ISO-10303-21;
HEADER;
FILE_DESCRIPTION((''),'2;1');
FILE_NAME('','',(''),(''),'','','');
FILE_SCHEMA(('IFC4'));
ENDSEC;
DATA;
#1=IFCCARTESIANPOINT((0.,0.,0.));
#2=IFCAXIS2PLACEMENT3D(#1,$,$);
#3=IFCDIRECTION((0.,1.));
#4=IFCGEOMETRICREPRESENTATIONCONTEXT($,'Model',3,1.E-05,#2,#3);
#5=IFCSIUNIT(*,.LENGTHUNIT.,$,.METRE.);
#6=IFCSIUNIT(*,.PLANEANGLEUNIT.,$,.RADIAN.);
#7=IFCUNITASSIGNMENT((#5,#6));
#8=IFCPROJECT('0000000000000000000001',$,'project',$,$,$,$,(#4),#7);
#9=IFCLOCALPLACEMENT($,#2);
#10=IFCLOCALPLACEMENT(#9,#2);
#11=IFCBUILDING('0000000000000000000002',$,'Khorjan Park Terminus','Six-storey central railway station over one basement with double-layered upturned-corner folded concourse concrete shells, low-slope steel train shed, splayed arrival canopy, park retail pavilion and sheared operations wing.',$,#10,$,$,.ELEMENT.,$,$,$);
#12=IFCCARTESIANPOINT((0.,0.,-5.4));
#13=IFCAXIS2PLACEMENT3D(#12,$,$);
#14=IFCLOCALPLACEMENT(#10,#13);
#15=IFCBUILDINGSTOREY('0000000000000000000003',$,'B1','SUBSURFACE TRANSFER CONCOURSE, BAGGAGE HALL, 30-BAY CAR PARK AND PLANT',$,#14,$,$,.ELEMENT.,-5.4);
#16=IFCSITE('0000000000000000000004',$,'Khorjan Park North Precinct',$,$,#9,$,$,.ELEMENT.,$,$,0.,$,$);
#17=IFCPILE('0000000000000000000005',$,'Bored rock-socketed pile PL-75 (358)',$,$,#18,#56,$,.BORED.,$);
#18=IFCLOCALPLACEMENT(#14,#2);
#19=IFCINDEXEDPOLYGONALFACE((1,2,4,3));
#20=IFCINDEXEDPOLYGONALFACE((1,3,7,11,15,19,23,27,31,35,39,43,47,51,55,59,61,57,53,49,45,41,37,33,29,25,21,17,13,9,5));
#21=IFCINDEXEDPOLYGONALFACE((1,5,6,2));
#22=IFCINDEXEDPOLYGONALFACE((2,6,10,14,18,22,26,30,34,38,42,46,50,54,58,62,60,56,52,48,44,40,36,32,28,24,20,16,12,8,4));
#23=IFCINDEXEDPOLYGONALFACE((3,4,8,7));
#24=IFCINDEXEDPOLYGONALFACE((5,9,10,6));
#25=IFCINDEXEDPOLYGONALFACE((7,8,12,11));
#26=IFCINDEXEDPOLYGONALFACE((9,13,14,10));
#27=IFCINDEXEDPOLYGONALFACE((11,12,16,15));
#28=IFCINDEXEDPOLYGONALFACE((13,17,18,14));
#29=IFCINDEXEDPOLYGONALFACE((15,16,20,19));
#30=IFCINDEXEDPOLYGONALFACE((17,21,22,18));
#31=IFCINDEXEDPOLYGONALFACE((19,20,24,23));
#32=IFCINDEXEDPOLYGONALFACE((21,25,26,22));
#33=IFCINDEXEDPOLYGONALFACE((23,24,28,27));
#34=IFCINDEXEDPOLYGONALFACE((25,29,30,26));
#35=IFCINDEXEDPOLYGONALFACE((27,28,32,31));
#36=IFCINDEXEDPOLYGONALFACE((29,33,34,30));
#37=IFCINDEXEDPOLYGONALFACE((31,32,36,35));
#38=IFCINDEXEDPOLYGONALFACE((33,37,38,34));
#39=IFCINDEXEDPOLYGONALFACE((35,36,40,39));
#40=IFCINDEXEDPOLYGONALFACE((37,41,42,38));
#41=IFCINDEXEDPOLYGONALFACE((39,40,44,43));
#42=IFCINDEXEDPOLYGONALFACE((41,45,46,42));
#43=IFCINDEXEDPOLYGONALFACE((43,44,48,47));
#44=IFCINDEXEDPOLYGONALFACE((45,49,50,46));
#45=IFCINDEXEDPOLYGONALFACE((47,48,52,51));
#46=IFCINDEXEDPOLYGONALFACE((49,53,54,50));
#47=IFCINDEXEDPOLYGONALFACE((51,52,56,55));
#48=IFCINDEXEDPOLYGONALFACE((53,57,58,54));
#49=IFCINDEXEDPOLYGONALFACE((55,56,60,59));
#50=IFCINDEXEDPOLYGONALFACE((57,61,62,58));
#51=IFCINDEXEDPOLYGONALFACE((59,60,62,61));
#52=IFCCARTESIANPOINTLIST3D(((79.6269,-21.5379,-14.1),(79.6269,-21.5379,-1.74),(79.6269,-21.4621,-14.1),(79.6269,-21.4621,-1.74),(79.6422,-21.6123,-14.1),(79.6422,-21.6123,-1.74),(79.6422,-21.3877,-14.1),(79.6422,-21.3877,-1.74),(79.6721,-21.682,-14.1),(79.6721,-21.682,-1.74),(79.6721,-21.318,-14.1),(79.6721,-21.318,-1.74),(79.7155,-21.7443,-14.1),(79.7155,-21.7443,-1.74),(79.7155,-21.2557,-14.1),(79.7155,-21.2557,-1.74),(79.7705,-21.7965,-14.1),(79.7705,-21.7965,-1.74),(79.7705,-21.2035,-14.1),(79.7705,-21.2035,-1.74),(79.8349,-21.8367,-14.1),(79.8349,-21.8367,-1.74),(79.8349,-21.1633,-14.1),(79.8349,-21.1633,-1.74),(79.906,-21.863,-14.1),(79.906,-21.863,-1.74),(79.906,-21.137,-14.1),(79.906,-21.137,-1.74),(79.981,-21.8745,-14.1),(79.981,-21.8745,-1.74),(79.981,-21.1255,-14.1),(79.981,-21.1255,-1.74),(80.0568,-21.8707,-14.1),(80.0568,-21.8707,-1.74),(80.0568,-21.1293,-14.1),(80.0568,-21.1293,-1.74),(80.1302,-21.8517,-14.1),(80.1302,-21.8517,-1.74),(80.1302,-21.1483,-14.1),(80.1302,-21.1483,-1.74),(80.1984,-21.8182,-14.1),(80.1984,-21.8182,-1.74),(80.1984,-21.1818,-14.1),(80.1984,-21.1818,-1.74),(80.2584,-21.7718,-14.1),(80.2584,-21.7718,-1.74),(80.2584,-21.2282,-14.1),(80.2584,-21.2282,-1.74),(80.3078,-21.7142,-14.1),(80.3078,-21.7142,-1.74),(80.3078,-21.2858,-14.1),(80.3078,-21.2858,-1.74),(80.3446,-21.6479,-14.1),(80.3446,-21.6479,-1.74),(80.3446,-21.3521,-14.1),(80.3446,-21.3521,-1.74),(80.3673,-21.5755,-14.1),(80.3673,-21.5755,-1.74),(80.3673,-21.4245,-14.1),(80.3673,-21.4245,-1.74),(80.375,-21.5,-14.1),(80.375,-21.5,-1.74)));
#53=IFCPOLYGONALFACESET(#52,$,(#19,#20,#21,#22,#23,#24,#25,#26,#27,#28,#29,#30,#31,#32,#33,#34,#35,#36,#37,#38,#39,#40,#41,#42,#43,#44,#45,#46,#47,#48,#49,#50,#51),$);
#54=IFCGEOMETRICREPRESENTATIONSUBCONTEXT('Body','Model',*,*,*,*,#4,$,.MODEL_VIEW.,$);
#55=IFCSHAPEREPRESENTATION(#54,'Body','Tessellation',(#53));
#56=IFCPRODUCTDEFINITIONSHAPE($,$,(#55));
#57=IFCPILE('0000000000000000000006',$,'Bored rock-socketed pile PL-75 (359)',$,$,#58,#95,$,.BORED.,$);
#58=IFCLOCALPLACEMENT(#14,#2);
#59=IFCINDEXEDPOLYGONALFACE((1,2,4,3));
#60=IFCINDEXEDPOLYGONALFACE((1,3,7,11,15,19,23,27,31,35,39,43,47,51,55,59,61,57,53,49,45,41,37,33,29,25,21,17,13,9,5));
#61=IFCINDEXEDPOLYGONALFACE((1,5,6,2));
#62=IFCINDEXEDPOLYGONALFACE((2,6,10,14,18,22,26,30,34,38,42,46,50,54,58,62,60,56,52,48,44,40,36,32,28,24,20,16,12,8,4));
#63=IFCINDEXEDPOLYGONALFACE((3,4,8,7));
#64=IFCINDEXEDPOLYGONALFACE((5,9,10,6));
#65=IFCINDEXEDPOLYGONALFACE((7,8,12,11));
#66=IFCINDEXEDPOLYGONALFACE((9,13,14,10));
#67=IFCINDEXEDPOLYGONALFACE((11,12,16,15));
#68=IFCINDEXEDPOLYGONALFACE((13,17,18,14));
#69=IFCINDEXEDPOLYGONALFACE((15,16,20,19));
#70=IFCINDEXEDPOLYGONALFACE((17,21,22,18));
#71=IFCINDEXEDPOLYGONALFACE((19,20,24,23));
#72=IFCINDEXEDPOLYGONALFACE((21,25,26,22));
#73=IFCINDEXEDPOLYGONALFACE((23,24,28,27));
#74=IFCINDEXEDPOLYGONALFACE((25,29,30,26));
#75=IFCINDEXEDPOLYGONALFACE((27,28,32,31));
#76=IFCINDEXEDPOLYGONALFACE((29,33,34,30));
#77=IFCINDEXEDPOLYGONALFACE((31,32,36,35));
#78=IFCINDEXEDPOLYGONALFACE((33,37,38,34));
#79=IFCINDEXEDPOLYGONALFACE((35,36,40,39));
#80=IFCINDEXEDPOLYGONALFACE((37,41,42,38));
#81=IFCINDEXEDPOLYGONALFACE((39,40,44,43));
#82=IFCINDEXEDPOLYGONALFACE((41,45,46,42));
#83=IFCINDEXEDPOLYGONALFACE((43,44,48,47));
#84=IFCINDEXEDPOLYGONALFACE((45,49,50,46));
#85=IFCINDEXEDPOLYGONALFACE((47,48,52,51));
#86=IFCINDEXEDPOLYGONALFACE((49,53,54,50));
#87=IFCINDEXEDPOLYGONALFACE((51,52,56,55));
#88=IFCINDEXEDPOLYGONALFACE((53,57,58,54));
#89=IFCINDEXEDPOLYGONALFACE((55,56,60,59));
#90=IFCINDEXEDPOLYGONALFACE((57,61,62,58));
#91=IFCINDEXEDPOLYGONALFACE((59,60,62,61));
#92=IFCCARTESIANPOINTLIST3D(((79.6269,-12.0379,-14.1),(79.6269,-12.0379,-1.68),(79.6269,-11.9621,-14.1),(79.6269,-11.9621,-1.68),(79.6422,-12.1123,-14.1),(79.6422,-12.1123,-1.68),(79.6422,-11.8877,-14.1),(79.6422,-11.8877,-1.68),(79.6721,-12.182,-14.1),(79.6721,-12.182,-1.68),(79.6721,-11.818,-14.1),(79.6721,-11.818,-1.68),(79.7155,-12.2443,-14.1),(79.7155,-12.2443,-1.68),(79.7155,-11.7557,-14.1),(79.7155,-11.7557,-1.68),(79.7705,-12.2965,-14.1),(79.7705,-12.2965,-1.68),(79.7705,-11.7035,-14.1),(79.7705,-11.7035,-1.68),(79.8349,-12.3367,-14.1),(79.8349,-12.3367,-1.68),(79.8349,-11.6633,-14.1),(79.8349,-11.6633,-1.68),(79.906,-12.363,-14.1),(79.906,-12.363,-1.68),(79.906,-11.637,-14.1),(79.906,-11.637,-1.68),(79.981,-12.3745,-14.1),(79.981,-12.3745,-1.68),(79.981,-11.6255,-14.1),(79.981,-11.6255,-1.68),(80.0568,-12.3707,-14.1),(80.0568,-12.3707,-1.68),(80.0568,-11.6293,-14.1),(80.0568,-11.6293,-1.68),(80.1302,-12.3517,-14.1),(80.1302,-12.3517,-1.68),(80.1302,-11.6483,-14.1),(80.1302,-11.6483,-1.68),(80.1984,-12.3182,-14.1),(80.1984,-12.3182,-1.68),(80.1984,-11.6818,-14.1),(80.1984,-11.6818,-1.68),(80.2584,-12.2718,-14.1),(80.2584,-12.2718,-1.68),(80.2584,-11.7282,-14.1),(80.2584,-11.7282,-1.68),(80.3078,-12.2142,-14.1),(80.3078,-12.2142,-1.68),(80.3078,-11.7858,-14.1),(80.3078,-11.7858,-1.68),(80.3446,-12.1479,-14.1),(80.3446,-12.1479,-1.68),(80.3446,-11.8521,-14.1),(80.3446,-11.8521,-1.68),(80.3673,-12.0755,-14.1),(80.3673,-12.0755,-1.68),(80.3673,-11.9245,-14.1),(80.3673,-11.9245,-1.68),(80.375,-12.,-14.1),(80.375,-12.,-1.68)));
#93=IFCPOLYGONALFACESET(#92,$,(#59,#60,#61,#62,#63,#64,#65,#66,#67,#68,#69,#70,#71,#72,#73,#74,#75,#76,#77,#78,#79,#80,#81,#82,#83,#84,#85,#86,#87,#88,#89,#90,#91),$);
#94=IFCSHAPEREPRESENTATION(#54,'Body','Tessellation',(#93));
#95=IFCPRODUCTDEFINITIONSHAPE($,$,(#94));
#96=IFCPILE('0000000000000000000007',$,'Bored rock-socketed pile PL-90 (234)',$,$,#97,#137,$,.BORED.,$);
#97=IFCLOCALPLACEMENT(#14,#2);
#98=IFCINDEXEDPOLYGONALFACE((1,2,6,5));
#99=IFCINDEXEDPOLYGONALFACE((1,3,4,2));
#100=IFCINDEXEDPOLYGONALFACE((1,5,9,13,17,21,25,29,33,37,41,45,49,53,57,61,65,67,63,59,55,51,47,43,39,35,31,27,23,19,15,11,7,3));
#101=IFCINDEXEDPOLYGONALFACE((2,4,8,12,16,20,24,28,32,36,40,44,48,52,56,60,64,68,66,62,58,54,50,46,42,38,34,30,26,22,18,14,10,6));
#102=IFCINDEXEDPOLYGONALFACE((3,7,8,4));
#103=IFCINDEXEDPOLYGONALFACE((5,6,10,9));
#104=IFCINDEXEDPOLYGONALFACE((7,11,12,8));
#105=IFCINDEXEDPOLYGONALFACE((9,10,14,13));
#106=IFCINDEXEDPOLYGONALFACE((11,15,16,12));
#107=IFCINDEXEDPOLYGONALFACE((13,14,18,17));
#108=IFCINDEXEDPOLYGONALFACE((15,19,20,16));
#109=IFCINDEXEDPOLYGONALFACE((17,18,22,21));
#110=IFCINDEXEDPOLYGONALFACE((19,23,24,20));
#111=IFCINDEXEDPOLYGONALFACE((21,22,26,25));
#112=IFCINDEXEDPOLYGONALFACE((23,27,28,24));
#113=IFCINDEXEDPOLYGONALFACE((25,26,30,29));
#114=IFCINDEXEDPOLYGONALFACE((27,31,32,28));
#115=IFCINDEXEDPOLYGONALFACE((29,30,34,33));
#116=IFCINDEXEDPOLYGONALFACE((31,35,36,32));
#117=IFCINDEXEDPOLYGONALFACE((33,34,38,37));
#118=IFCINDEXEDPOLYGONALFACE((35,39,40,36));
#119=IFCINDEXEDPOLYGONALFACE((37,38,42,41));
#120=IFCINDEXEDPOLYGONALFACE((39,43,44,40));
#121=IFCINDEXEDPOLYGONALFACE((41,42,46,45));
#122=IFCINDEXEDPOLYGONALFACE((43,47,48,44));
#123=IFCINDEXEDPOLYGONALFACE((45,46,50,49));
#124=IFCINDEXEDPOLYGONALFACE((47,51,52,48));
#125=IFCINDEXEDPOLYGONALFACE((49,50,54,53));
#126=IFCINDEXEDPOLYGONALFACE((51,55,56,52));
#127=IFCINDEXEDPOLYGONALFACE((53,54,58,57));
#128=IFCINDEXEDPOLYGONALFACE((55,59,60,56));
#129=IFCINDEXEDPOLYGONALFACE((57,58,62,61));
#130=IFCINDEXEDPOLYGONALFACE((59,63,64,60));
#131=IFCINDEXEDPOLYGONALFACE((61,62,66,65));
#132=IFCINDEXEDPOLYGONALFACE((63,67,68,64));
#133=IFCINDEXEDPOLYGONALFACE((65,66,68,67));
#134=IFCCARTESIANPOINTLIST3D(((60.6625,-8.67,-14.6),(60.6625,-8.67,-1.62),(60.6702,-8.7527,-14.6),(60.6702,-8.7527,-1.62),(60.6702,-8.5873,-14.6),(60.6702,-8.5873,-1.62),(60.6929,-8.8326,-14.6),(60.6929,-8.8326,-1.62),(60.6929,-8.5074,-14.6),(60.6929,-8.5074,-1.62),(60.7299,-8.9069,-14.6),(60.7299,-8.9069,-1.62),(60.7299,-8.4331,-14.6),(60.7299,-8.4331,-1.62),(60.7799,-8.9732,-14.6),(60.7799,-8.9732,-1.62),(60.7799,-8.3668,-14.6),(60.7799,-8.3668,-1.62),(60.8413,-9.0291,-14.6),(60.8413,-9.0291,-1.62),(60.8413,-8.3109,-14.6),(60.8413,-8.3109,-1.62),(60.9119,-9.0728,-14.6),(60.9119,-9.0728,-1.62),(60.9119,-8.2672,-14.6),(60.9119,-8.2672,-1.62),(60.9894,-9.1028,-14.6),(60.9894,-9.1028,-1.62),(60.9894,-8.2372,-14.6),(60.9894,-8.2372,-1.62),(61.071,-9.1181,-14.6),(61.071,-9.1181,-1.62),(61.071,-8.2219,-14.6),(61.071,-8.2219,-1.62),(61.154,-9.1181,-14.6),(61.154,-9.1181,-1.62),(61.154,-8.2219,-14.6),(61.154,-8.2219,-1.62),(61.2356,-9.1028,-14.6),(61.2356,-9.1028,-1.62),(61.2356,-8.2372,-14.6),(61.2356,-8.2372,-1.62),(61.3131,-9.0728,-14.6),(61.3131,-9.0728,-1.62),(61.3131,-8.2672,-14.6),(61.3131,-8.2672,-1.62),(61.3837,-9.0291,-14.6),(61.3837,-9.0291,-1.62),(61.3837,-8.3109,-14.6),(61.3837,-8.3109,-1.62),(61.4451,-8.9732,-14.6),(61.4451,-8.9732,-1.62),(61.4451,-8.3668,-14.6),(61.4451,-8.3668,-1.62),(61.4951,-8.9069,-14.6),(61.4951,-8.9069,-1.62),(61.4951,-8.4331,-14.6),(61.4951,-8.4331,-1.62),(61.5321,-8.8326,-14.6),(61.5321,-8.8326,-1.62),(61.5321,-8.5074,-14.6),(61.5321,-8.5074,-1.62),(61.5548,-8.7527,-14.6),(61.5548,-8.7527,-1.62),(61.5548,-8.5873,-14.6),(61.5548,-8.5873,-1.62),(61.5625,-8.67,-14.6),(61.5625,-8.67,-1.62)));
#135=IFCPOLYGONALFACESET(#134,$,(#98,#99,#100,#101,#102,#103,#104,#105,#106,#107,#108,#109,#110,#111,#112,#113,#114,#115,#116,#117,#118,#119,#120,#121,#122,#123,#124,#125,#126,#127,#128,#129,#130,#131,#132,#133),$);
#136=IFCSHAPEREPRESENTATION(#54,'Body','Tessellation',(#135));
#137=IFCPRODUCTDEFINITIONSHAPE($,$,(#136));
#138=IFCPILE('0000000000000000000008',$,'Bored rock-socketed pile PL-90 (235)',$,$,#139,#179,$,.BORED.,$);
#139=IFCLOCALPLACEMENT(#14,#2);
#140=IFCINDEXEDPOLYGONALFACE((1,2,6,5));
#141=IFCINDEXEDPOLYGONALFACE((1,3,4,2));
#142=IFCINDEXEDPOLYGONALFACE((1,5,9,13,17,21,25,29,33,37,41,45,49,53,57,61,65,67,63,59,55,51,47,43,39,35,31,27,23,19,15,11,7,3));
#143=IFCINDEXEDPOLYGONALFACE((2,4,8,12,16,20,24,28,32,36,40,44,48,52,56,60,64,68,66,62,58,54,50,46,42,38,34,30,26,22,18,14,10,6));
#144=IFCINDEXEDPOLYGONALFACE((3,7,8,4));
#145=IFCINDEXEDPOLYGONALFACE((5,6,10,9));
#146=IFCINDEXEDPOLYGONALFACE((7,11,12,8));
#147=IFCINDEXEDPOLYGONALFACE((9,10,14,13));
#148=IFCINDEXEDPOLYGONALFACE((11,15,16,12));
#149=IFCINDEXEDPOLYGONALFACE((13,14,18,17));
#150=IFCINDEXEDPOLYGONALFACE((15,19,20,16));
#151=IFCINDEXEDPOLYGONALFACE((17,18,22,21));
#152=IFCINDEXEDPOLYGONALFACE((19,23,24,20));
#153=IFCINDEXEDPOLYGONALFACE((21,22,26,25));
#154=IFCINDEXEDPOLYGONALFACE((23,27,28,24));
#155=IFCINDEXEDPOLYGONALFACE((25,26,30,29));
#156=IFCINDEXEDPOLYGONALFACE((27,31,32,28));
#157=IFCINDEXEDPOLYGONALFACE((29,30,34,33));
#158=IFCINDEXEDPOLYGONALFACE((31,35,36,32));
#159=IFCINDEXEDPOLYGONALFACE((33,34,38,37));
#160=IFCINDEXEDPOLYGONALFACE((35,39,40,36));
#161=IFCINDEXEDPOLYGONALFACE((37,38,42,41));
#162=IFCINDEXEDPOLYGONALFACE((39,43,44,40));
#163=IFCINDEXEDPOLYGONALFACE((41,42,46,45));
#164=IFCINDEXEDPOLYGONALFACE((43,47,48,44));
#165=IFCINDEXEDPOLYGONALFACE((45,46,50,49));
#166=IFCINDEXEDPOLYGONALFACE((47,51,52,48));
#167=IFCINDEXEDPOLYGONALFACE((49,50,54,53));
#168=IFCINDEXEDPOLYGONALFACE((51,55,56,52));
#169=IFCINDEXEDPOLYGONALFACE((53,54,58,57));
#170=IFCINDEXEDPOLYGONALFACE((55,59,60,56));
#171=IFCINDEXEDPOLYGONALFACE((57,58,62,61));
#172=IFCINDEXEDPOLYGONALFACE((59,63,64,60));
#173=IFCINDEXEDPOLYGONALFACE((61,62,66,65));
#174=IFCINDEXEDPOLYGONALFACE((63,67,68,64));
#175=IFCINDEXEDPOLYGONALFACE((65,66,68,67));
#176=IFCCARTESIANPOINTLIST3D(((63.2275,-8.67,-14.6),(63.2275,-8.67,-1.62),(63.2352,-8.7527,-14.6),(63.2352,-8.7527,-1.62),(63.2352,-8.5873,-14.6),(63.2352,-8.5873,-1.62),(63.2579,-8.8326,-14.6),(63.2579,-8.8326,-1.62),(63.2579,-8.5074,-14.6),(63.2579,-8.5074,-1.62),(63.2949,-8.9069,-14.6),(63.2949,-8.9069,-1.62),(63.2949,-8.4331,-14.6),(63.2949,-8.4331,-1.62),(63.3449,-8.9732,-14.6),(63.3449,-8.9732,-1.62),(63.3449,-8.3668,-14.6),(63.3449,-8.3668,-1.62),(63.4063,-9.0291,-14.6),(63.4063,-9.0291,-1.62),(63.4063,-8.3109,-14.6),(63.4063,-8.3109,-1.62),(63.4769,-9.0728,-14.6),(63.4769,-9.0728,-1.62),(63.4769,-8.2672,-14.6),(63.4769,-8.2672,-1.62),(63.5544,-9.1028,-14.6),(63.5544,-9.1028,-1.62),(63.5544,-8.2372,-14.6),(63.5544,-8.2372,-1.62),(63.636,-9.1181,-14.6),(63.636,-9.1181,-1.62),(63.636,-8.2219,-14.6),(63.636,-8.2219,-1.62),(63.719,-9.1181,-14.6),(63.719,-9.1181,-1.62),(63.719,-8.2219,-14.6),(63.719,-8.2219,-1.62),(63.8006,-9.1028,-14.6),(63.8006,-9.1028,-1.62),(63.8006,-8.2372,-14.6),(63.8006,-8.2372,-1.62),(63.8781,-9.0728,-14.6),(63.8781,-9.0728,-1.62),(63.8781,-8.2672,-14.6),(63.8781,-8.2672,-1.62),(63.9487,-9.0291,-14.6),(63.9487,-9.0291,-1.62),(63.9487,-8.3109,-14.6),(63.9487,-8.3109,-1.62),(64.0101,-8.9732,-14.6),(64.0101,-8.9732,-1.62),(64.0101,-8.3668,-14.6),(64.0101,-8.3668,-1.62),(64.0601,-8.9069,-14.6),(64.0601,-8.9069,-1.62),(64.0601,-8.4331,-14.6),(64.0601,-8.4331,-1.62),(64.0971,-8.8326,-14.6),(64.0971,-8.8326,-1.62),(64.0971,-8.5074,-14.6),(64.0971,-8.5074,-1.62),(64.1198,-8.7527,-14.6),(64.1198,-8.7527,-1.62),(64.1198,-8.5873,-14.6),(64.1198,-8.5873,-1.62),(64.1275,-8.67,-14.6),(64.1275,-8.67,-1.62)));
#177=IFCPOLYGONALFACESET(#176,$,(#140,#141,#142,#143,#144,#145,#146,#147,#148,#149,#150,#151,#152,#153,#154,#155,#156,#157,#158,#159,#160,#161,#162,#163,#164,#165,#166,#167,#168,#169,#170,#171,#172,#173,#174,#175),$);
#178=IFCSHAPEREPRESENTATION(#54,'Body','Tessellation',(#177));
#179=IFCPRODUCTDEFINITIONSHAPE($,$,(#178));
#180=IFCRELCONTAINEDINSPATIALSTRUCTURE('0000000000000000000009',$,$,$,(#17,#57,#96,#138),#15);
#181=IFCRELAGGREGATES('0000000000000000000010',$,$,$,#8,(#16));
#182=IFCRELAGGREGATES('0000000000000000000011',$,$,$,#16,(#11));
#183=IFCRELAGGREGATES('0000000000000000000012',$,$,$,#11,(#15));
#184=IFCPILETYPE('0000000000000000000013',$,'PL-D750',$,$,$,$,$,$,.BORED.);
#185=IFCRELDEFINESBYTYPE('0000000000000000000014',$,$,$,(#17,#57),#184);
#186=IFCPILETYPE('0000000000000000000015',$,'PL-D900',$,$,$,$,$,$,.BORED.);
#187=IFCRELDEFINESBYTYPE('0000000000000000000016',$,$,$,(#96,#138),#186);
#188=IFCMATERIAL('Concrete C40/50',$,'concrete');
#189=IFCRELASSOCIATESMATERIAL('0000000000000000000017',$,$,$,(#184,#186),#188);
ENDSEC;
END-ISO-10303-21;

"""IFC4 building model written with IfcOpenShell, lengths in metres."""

from ifc_helpers import new_model, si_unit, direction, frame, origin, origin_2d, place, context, subcontext, project, spatial, circle, extrude, material, material_profile, profile_set, type_object, element, save


model = new_model("IFC4")

# Units and contexts
model_context = context("Model", 3, precision=1e-05, world=origin(), true_north=direction((0.0, 1.0)))
body_context = subcontext(model_context, "Body", "Model", "MODEL_VIEW")
ifc_project = project(units=[si_unit("LENGTHUNIT", "METRE"), si_unit("PLANEANGLEUNIT", "RADIAN")], contexts=[model_context])

# Site, building, storey
site_placement = place(None, origin())
site = spatial("IfcSite", under=ifc_project, at=site_placement, Name="Khorjan Park North Precinct", CompositionType="ELEMENT", RefElevation=0.0)
building_placement = place(site_placement, origin())
building = spatial("IfcBuilding", under=site, at=building_placement, Name="Khorjan Park Terminus", Description="Six-storey central railway station over one basement with double-layered upturned-corner folded concourse concrete shells, low-slope steel train shed, splayed arrival canopy, park retail pavilion and sheared operations wing.", CompositionType="ELEMENT")
storey_placement = place(building_placement, frame((0.0, 0.0, -5.4)))
storey = spatial("IfcBuildingStorey", under=building, at=storey_placement, Name="B1", Description="SUBSURFACE TRANSFER CONCOURSE, BAGGAGE HALL, 30-BAY CAR PARK AND PLANT", CompositionType="ELEMENT", Elevation=-5.4)

# Shared definitions
ifc_material_1 = material(Name="Concrete C40/50", Category="concrete")

# Piles
ifc_material_profile_1 = material_profile(ifc_material_1, circle(Radius=0.375, at=origin_2d()), Name="BORED D750")
ifc_profile_set_1 = profile_set([ifc_material_profile_1], Name="Concrete C40/50")
pile_type_1 = type_object("IfcPileType", Name="PL-D750", PredefinedType="BORED", material=ifc_profile_set_1)
for number, where, z_axis, x_axis, name in (
    (1, (80.0, -21.5, -1.74), (0.0, 0.0, -1.0), (1.0, 0.0, 0.0), "Bored rock-socketed pile PL-75 (358)"),
):
    element("IfcPile", number, at=place(storey_placement, frame(where, z_axis=z_axis, x_axis=x_axis)), inside=storey, type_object=pile_type_1, Name=name, PredefinedType="BORED", context=body_context, shape_type="SweptSolid", body=[
        extrude(circle(Radius=0.375, at=origin_2d()), origin(), (0.0, 0.0, 1.0), 12.36),
    ])
pile_1_placement = place(storey_placement, frame((80.0, -12.0, -1.68), z_axis=(0.0, 0.0, -1.0), x_axis=(1.0, 0.0, 0.0)))
element("IfcPile", 2, at=pile_1_placement, inside=storey, type_object=pile_type_1, Name="Bored rock-socketed pile PL-75 (359)", PredefinedType="BORED", context=body_context, shape_type="SweptSolid", body=[
    extrude(circle(Radius=0.375, at=origin_2d()), origin(), (0.0, 0.0, 1.0), 12.42),
])
ifc_material_profile_2 = material_profile(ifc_material_1, circle(Radius=0.45, at=origin_2d()), Name="BORED D900")
ifc_profile_set_2 = profile_set([ifc_material_profile_2], Name="Concrete C40/50")
pile_type_2 = type_object("IfcPileType", Name="PL-D900", PredefinedType="BORED", material=ifc_profile_set_2)
for number, where, z_axis, x_axis, name in (
    (3, (61.1125, -8.67, -1.62), (0.0, 0.0, -1.0), (1.0, 0.0, 0.0), "Bored rock-socketed pile PL-90 (234)"),
    (4, (63.6775, -8.67, -1.62), (0.0, 0.0, -1.0), (1.0, 0.0, 0.0), "Bored rock-socketed pile PL-90 (235)"),
):
    element("IfcPile", number, at=place(storey_placement, frame(where, z_axis=z_axis, x_axis=x_axis)), inside=storey, type_object=pile_type_2, Name=name, PredefinedType="BORED", context=body_context, shape_type="SweptSolid", body=[
        extrude(circle(Radius=0.45, at=origin_2d()), origin(), (0.0, 0.0, 1.0), 12.98),
    ])

save(model, "model.ifc")
